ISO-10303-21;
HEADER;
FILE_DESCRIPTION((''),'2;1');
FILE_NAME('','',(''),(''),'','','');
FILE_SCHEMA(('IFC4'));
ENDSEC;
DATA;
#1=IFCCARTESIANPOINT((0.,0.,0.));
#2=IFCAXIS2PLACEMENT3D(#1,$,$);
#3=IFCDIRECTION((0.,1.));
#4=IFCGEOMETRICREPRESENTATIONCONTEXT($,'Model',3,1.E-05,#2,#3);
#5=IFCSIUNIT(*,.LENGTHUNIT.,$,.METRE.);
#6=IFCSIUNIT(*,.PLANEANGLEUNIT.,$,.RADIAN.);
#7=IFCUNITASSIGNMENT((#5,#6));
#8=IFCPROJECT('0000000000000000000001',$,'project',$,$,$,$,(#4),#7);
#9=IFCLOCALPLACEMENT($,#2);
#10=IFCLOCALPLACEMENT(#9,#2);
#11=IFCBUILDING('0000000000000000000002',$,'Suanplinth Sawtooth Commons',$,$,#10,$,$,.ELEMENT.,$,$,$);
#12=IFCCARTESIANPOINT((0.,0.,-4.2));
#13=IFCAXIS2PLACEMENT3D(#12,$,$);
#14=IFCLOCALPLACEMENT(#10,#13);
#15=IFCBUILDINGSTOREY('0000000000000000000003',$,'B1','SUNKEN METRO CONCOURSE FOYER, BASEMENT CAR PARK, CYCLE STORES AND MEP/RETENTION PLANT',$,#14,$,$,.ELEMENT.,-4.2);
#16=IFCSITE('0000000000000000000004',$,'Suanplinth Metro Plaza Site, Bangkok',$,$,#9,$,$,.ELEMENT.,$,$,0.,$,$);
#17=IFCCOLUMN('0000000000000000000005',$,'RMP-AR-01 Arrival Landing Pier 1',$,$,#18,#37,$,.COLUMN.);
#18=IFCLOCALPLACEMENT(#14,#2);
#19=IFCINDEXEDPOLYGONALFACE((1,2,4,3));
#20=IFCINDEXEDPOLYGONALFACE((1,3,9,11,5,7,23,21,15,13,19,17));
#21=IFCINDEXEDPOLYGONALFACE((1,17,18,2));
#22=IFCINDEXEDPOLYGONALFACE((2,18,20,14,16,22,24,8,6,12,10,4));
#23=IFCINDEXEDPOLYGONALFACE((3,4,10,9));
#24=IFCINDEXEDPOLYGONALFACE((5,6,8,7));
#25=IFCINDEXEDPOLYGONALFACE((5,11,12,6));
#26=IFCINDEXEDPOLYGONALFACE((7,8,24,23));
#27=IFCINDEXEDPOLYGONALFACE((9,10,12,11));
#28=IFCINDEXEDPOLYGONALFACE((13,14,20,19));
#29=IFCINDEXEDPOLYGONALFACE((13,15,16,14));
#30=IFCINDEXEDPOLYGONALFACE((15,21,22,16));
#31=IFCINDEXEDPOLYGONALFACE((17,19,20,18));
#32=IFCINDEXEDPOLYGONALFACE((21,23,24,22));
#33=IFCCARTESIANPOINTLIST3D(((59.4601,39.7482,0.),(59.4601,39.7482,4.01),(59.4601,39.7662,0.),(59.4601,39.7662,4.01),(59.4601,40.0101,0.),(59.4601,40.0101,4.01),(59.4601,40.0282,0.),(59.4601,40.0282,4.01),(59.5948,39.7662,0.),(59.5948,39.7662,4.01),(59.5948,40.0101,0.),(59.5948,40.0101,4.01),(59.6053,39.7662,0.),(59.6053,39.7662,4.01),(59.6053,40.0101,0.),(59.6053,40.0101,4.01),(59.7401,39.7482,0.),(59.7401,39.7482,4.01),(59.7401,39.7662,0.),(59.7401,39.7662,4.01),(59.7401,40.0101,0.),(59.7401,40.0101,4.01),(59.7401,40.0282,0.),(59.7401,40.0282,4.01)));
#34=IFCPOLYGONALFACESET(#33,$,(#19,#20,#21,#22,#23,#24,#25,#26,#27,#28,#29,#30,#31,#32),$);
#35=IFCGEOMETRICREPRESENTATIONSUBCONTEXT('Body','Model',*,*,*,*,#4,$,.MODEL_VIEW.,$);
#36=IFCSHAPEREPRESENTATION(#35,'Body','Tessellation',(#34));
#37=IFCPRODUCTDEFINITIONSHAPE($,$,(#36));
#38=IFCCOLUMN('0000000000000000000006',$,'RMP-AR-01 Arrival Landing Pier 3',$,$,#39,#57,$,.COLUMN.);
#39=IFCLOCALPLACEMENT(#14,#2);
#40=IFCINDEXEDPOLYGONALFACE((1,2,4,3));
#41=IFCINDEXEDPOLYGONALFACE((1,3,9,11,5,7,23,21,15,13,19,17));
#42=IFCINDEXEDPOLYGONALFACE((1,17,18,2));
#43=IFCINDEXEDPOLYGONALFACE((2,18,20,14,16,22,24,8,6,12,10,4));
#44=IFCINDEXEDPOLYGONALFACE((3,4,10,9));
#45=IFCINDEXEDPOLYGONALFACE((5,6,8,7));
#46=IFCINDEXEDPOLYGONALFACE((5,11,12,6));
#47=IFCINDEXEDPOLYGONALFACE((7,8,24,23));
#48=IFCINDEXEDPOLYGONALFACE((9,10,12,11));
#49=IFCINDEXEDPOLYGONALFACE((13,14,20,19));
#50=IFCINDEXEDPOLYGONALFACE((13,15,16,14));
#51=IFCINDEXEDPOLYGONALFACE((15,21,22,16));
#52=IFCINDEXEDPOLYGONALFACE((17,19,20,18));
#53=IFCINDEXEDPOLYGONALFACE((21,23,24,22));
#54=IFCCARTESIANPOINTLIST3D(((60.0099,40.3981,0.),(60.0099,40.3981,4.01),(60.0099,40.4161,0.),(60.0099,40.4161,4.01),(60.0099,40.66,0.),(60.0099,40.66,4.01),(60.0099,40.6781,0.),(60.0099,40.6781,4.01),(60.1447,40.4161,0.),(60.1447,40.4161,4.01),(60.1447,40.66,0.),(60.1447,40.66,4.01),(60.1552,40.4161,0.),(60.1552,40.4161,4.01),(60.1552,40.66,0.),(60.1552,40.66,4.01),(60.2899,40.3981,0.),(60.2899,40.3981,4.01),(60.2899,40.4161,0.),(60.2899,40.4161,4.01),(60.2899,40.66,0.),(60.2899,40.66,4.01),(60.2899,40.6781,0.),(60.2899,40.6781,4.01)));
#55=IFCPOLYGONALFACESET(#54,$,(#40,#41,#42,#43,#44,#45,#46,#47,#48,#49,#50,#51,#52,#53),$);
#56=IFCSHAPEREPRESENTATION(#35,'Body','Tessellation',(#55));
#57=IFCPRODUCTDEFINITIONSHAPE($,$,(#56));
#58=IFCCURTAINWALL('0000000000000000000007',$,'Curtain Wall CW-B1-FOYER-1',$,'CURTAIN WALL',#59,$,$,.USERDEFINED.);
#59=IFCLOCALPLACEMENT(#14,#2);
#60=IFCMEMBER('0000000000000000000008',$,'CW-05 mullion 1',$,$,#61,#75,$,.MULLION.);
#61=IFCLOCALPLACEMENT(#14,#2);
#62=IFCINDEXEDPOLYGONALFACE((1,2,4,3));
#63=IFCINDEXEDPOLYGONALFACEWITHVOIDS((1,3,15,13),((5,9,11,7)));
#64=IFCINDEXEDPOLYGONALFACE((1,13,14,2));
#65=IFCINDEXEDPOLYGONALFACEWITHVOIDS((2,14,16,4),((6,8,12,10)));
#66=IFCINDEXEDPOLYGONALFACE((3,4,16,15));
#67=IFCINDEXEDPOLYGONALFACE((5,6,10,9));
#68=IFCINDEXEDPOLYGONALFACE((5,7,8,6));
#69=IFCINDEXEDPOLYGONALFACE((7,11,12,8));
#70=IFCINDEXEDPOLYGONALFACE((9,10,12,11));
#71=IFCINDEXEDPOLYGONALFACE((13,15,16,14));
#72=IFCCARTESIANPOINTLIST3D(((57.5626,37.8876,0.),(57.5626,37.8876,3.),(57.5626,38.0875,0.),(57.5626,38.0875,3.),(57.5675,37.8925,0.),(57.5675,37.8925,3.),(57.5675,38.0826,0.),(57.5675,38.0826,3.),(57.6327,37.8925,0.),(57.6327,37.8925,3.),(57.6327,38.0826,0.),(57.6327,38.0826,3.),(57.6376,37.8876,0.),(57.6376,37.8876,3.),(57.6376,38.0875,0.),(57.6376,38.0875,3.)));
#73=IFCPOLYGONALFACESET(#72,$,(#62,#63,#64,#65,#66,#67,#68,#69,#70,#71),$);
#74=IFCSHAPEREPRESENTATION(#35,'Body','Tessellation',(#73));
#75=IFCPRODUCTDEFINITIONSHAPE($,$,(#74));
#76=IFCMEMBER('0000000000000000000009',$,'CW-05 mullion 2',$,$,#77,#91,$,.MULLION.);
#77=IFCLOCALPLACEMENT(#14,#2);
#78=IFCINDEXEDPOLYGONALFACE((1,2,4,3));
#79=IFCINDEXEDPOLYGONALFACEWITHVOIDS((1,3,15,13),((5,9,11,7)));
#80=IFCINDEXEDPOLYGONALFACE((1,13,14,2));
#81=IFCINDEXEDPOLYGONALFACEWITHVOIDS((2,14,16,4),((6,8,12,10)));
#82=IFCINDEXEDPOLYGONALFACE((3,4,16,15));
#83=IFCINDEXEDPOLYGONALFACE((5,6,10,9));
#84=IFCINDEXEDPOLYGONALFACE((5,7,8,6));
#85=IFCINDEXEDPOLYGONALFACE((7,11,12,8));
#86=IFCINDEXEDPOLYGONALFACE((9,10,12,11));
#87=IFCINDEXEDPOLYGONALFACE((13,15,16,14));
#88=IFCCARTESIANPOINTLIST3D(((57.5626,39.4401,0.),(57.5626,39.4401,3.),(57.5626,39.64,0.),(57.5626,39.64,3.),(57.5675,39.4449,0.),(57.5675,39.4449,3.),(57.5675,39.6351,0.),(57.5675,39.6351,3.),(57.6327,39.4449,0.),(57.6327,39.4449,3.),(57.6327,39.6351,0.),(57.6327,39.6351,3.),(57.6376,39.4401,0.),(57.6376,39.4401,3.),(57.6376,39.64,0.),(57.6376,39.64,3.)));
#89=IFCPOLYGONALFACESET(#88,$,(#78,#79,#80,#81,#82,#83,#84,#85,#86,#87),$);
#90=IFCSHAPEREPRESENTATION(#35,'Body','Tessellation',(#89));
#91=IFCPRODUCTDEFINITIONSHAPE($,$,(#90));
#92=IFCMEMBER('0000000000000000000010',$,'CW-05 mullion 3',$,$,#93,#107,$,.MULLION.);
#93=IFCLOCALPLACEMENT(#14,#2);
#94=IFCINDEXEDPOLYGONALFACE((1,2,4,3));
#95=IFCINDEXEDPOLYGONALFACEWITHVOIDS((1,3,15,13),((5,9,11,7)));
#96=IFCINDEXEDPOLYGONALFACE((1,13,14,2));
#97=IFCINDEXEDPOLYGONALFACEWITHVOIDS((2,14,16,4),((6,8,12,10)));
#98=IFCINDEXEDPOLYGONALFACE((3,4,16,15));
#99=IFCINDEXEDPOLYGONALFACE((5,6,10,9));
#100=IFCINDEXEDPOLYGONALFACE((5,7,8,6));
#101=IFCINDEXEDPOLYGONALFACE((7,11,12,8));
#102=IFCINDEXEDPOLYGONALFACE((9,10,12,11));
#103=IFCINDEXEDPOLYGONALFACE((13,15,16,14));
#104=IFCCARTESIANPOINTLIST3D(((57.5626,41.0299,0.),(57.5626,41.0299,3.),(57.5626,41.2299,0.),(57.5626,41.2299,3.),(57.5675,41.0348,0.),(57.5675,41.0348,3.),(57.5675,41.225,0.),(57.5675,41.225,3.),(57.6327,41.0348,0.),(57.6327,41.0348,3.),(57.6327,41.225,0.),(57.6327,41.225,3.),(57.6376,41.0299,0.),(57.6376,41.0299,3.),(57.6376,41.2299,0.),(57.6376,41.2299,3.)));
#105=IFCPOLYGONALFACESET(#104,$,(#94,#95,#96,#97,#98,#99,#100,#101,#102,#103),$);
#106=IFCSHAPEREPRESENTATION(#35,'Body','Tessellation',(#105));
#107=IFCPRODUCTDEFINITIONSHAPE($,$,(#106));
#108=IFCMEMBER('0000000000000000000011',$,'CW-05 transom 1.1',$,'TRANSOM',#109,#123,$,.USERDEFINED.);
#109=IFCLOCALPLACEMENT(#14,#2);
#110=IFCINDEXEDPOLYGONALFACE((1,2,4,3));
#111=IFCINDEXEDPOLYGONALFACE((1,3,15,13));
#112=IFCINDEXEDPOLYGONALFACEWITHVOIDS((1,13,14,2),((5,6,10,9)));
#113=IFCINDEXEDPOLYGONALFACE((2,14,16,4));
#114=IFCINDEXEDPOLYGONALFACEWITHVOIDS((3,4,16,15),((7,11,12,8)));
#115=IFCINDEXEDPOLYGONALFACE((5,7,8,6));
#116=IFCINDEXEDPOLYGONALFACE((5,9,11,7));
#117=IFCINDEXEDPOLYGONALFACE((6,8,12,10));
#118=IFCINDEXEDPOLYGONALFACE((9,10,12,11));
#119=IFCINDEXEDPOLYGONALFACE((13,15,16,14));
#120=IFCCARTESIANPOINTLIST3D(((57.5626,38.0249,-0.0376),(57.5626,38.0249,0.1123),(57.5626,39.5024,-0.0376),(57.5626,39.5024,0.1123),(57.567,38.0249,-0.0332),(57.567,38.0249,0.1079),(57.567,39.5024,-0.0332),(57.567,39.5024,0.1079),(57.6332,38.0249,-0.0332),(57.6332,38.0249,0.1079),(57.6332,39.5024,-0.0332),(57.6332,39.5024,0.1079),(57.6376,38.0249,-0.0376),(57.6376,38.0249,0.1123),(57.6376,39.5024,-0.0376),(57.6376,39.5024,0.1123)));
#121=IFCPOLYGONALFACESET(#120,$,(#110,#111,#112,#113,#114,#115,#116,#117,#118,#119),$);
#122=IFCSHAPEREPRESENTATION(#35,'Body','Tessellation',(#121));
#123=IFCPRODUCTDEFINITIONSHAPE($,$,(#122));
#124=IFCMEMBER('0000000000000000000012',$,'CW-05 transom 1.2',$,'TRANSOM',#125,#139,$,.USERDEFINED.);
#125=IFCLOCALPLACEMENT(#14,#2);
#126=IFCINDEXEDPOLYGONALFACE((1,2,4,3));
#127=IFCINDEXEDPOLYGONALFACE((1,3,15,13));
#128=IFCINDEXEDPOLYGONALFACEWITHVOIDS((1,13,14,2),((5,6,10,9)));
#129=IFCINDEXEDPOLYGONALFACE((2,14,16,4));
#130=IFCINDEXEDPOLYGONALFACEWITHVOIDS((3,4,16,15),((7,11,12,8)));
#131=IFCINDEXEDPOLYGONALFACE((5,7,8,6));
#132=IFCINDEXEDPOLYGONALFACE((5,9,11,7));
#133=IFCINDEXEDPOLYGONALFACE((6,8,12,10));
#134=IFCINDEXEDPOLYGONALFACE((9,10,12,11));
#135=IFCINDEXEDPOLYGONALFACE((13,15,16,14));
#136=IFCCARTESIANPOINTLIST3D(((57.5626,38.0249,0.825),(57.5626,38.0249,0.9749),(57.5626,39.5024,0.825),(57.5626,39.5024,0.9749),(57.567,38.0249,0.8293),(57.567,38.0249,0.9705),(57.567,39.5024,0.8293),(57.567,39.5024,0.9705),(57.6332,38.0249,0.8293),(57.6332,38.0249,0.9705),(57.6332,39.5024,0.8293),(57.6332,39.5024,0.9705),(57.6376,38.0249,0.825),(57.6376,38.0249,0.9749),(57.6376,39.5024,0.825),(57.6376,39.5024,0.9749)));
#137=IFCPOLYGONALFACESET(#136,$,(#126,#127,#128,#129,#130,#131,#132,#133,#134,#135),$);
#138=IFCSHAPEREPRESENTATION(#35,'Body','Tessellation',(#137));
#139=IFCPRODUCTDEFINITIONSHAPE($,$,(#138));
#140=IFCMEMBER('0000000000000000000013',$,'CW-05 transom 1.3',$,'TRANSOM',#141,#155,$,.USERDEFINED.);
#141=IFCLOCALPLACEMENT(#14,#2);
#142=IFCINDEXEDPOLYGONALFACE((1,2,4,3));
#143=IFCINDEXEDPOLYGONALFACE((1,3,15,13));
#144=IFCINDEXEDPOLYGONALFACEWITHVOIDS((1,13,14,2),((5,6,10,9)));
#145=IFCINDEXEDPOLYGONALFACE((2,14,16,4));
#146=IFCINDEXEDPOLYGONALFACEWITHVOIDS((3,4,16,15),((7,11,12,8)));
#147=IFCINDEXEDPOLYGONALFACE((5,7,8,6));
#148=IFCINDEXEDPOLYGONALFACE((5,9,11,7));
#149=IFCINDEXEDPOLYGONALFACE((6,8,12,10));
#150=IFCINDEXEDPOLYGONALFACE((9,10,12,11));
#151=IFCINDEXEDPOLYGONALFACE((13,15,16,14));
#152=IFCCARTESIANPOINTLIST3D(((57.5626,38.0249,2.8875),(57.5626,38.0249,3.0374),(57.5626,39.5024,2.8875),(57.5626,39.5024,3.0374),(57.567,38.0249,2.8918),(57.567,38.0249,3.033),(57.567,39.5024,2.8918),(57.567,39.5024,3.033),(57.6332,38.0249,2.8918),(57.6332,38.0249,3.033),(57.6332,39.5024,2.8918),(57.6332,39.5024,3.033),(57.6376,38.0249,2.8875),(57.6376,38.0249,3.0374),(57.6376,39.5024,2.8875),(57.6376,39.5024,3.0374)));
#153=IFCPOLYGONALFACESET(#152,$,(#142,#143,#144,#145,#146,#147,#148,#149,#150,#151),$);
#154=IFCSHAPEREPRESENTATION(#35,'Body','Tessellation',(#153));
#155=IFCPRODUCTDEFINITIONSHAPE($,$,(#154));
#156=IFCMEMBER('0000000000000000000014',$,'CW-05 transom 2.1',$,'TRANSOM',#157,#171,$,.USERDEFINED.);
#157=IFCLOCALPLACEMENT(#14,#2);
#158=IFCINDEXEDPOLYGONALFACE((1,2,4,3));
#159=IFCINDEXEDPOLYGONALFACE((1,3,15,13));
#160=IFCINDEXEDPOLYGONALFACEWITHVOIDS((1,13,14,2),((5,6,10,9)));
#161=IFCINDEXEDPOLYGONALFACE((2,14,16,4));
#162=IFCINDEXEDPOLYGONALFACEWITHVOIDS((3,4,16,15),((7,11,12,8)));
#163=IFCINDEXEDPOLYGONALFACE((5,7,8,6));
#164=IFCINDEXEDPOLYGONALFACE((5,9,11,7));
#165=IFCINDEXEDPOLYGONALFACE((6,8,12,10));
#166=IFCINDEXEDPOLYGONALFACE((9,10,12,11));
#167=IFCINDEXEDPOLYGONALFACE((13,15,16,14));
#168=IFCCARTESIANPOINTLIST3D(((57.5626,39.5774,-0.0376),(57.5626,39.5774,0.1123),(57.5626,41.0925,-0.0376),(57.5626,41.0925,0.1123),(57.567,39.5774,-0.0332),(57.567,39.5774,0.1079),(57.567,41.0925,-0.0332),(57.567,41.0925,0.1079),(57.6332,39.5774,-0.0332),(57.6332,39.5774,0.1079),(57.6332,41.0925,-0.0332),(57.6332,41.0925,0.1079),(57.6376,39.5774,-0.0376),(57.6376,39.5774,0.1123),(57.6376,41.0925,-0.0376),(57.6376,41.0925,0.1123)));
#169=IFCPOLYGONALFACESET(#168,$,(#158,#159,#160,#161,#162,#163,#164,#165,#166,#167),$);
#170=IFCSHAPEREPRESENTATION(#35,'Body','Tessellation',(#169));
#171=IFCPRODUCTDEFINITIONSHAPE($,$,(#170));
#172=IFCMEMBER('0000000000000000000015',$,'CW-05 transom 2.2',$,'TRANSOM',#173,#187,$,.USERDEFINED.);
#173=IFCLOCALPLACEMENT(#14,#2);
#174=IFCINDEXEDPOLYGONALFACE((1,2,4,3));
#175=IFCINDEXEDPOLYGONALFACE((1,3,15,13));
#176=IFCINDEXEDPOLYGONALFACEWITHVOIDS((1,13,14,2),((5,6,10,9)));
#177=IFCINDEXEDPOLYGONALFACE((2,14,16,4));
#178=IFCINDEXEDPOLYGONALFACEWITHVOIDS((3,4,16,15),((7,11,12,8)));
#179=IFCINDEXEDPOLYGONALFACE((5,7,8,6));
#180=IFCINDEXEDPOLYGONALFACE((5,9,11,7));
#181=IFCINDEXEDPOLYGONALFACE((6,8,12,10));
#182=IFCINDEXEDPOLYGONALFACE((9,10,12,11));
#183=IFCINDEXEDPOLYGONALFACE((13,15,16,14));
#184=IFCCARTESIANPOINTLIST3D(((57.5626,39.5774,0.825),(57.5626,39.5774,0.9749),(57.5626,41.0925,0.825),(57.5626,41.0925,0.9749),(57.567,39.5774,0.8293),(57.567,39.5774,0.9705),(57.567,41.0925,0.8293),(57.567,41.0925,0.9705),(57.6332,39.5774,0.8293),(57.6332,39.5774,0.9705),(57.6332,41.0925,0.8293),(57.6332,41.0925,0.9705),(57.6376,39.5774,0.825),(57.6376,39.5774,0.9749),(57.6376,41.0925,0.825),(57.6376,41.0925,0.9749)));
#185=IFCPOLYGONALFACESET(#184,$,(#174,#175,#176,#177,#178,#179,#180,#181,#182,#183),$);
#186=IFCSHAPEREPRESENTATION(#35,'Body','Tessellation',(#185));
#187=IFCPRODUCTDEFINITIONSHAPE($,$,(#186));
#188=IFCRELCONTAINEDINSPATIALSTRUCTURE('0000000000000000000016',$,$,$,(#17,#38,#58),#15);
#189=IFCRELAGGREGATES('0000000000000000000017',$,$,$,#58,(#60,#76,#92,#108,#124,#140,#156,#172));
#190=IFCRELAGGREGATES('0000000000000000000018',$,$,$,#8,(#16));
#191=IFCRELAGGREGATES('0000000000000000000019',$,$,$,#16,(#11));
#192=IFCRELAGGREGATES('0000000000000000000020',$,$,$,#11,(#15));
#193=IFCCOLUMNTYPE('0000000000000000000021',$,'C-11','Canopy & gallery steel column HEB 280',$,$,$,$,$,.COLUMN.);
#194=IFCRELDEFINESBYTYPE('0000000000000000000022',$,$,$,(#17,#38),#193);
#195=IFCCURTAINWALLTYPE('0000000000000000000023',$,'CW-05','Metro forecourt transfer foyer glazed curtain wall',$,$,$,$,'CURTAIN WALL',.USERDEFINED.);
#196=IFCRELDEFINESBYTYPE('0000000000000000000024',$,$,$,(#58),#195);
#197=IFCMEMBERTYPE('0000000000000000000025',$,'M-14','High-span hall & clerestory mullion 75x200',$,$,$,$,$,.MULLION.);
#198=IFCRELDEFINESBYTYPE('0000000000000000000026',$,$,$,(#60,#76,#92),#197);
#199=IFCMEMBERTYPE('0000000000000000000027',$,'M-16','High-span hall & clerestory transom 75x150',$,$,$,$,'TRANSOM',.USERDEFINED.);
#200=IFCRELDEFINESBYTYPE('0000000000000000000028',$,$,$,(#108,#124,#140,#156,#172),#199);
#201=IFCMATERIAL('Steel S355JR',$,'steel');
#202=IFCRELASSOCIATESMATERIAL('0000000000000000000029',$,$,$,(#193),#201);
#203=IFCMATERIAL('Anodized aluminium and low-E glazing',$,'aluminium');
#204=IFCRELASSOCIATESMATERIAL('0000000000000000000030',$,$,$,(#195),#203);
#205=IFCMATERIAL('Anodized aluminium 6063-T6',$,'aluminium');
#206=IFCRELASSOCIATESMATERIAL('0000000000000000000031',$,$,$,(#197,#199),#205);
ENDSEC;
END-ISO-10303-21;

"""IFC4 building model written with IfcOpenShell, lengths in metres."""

from ifc_helpers import new_model, si_unit, direction, frame, origin, origin_2d, place, context, subcontext, project, spatial, hollow_rectangle, i_section, extrude, material, material_profile, profile_set, type_object, element, aggregate, save


model = new_model("IFC4")

# Units and contexts
model_context = context("Model", 3, precision=1e-05, world=origin(), true_north=direction((0.0, 1.0)))
body_context = subcontext(model_context, "Body", "Model", "MODEL_VIEW")
ifc_project = project(units=[si_unit("LENGTHUNIT", "METRE"), si_unit("PLANEANGLEUNIT", "RADIAN")], contexts=[model_context])

# Site, building, storey
site_placement = place(None, origin())
site = spatial("IfcSite", under=ifc_project, at=site_placement, Name="Suanplinth Metro Plaza Site, Bangkok", CompositionType="ELEMENT", RefElevation=0.0)
building_placement = place(site_placement, origin())
building = spatial("IfcBuilding", under=site, at=building_placement, Name="Suanplinth Sawtooth Commons", CompositionType="ELEMENT")
storey_placement = place(building_placement, frame((0.0, 0.0, -4.2)))
storey = spatial("IfcBuildingStorey", under=building, at=storey_placement, Name="B1", Description="SUNKEN METRO CONCOURSE FOYER, BASEMENT CAR PARK, CYCLE STORES AND MEP/RETENTION PLANT", CompositionType="ELEMENT", Elevation=-4.2)

# Columns
ifc_material_1 = material(Name="Steel S355JR", Category="steel")
ifc_material_profile_1 = material_profile(ifc_material_1, i_section(OverallWidth=0.28, OverallDepth=0.28, WebThickness=0.0105, FlangeThickness=0.0181, at=origin_2d()), Name="HEB 280")
ifc_profile_set_1 = profile_set([ifc_material_profile_1], Name="Steel S355JR")
column_type = type_object("IfcColumnType", Name="C-11", Description="Canopy & gallery steel column HEB 280", PredefinedType="COLUMN", material=ifc_profile_set_1)
for number, where, z_axis, x_axis, name in (
    (1, (59.6001, 39.8882, 0.0), (0.0, 0.0, 1.0), (1.0, 0.0, 0.0), "RMP-AR-01 Arrival Landing Pier 1"),
    (2, (60.1499, 40.5381, 0.0), (0.0, 0.0, 1.0), (1.0, 0.0, 0.0), "RMP-AR-01 Arrival Landing Pier 3"),
):
    element("IfcColumn", number, at=place(storey_placement, frame(where, z_axis=z_axis, x_axis=x_axis)), inside=storey, type_object=column_type, Name=name, PredefinedType="COLUMN", context=body_context, shape_type="SweptSolid", body=[
        extrude(i_section(OverallWidth=0.28, OverallDepth=0.28, WebThickness=0.0105, FlangeThickness=0.0181, at=origin_2d()), origin(), (0.0, 0.0, 1.0), 4.01),
    ])

# Curtain wall, members
ifc_material_2 = material(Name="Anodized aluminium and low-E glazing", Category="aluminium")
curtain_wall_type = type_object("IfcCurtainWallType", Name="CW-05", Description="Metro forecourt transfer foyer glazed curtain wall", ElementType="CURTAIN WALL", PredefinedType="USERDEFINED", material=ifc_material_2)
curtain_wall_placement = place(storey_placement, origin())
curtain_wall = element("IfcCurtainWall", 3, at=curtain_wall_placement, inside=storey, type_object=curtain_wall_type, Name="Curtain Wall CW-B1-FOYER-1", ObjectType="CURTAIN WALL", PredefinedType="USERDEFINED")
ifc_material_3 = material(Name="Anodized aluminium 6063-T6", Category="aluminium")
ifc_material_profile_2 = material_profile(ifc_material_3, hollow_rectangle(XDim=0.075, YDim=0.2, WallThickness=0.0049, at=origin_2d()), Name="ALU-MUL 75x200")
ifc_profile_set_2 = profile_set([ifc_material_profile_2], Name="Anodized aluminium 6063-T6")
member_type_1 = type_object("IfcMemberType", Name="M-14", Description="High-span hall & clerestory mullion 75x200", PredefinedType="MULLION", material=ifc_profile_set_2)
member_1_placement = place(storey_placement, frame((57.6001, 37.9875, 0.0), z_axis=(0.0, 0.0, 1.0), x_axis=(-1.0, 0.0, 0.0)))
member_1 = element("IfcMember", 4, at=member_1_placement, type_object=member_type_1, Name="CW-05 mullion 1", PredefinedType="MULLION", context=body_context, shape_type="SweptSolid", body=[
    extrude(hollow_rectangle(XDim=0.075, YDim=0.2, WallThickness=0.0049, at=origin_2d()), origin(), (0.0, 0.0, 1.0), 3.0),
])
member_2_placement = place(storey_placement, frame((57.6001, 39.54, 0.0), z_axis=(0.0, 0.0, 1.0), x_axis=(-1.0, 0.0, 0.0)))
member_2 = element("IfcMember", 5, at=member_2_placement, type_object=member_type_1, Name="CW-05 mullion 2", PredefinedType="MULLION", context=body_context, shape_type="SweptSolid", body=[
    extrude(hollow_rectangle(XDim=0.075, YDim=0.2, WallThickness=0.0049, at=origin_2d()), origin(), (0.0, 0.0, 1.0), 3.0),
])
member_3_placement = place(storey_placement, frame((57.6001, 41.1299, 0.0), z_axis=(0.0, 0.0, 1.0), x_axis=(-1.0, 0.0, 0.0)))
member_3 = element("IfcMember", 6, at=member_3_placement, type_object=member_type_1, Name="CW-05 mullion 3", PredefinedType="MULLION", context=body_context, shape_type="SweptSolid", body=[
    extrude(hollow_rectangle(XDim=0.075, YDim=0.2, WallThickness=0.0049, at=origin_2d()), origin(), (0.0, 0.0, 1.0), 3.0),
])
ifc_material_profile_3 = material_profile(ifc_material_3, hollow_rectangle(XDim=0.075, YDim=0.1499, WallThickness=0.0044, at=origin_2d()), Name="ALU-TRN 75x150")
ifc_profile_set_3 = profile_set([ifc_material_profile_3], Name="Anodized aluminium 6063-T6")
member_type_2 = type_object("IfcMemberType", Name="M-16", Description="High-span hall & clerestory transom 75x150", ElementType="TRANSOM", PredefinedType="USERDEFINED", material=ifc_profile_set_3)
member_4_placement = place(storey_placement, frame((57.6001, 38.0249, 0.0374), z_axis=(0.0, 1.0, 0.0), x_axis=(-1.0, 0.0, 0.0)))
member_4 = element("IfcMember", 7, at=member_4_placement, type_object=member_type_2, Name="CW-05 transom 1.1", ObjectType="TRANSOM", PredefinedType="USERDEFINED", context=body_context, shape_type="SweptSolid", body=[
    extrude(hollow_rectangle(XDim=0.075, YDim=0.1499, WallThickness=0.0044, at=origin_2d()), origin(), (0.0, 0.0, 1.0), 1.4775),
])
member_5_placement = place(storey_placement, frame((57.6001, 38.0249, 0.8999), z_axis=(0.0, 1.0, 0.0), x_axis=(-1.0, 0.0, 0.0)))
member_5 = element("IfcMember", 8, at=member_5_placement, type_object=member_type_2, Name="CW-05 transom 1.2", ObjectType="TRANSOM", PredefinedType="USERDEFINED", context=body_context, shape_type="SweptSolid", body=[
    extrude(hollow_rectangle(XDim=0.075, YDim=0.1499, WallThickness=0.0044, at=origin_2d()), origin(), (0.0, 0.0, 1.0), 1.4775),
])
member_6_placement = place(storey_placement, frame((57.6001, 38.0249, 2.9624), z_axis=(0.0, 1.0, 0.0), x_axis=(-1.0, 0.0, 0.0)))
member_6 = element("IfcMember", 9, at=member_6_placement, type_object=member_type_2, Name="CW-05 transom 1.3", ObjectType="TRANSOM", PredefinedType="USERDEFINED", context=body_context, shape_type="SweptSolid", body=[
    extrude(hollow_rectangle(XDim=0.075, YDim=0.1499, WallThickness=0.0044, at=origin_2d()), origin(), (0.0, 0.0, 1.0), 1.4775),
])
member_7_placement = place(storey_placement, frame((57.6001, 39.5774, 0.0374), z_axis=(0.0, 1.0, 0.0), x_axis=(-1.0, 0.0, 0.0)))
member_7 = element("IfcMember", 10, at=member_7_placement, type_object=member_type_2, Name="CW-05 transom 2.1", ObjectType="TRANSOM", PredefinedType="USERDEFINED", context=body_context, shape_type="SweptSolid", body=[
    extrude(hollow_rectangle(XDim=0.075, YDim=0.1499, WallThickness=0.0044, at=origin_2d()), origin(), (0.0, 0.0, 1.0), 1.5151),
])
member_8_placement = place(storey_placement, frame((57.6001, 39.5774, 0.8999), z_axis=(0.0, 1.0, 0.0), x_axis=(-1.0, 0.0, 0.0)))
member_8 = element("IfcMember", 11, at=member_8_placement, type_object=member_type_2, Name="CW-05 transom 2.2", ObjectType="TRANSOM", PredefinedType="USERDEFINED", context=body_context, shape_type="SweptSolid", body=[
    extrude(hollow_rectangle(XDim=0.075, YDim=0.1499, WallThickness=0.0044, at=origin_2d()), origin(), (0.0, 0.0, 1.0), 1.5151),
])
aggregate(curtain_wall, [member_1, member_2, member_3, member_4, member_5, member_6, member_7, member_8])

save(model, "model.ifc")
